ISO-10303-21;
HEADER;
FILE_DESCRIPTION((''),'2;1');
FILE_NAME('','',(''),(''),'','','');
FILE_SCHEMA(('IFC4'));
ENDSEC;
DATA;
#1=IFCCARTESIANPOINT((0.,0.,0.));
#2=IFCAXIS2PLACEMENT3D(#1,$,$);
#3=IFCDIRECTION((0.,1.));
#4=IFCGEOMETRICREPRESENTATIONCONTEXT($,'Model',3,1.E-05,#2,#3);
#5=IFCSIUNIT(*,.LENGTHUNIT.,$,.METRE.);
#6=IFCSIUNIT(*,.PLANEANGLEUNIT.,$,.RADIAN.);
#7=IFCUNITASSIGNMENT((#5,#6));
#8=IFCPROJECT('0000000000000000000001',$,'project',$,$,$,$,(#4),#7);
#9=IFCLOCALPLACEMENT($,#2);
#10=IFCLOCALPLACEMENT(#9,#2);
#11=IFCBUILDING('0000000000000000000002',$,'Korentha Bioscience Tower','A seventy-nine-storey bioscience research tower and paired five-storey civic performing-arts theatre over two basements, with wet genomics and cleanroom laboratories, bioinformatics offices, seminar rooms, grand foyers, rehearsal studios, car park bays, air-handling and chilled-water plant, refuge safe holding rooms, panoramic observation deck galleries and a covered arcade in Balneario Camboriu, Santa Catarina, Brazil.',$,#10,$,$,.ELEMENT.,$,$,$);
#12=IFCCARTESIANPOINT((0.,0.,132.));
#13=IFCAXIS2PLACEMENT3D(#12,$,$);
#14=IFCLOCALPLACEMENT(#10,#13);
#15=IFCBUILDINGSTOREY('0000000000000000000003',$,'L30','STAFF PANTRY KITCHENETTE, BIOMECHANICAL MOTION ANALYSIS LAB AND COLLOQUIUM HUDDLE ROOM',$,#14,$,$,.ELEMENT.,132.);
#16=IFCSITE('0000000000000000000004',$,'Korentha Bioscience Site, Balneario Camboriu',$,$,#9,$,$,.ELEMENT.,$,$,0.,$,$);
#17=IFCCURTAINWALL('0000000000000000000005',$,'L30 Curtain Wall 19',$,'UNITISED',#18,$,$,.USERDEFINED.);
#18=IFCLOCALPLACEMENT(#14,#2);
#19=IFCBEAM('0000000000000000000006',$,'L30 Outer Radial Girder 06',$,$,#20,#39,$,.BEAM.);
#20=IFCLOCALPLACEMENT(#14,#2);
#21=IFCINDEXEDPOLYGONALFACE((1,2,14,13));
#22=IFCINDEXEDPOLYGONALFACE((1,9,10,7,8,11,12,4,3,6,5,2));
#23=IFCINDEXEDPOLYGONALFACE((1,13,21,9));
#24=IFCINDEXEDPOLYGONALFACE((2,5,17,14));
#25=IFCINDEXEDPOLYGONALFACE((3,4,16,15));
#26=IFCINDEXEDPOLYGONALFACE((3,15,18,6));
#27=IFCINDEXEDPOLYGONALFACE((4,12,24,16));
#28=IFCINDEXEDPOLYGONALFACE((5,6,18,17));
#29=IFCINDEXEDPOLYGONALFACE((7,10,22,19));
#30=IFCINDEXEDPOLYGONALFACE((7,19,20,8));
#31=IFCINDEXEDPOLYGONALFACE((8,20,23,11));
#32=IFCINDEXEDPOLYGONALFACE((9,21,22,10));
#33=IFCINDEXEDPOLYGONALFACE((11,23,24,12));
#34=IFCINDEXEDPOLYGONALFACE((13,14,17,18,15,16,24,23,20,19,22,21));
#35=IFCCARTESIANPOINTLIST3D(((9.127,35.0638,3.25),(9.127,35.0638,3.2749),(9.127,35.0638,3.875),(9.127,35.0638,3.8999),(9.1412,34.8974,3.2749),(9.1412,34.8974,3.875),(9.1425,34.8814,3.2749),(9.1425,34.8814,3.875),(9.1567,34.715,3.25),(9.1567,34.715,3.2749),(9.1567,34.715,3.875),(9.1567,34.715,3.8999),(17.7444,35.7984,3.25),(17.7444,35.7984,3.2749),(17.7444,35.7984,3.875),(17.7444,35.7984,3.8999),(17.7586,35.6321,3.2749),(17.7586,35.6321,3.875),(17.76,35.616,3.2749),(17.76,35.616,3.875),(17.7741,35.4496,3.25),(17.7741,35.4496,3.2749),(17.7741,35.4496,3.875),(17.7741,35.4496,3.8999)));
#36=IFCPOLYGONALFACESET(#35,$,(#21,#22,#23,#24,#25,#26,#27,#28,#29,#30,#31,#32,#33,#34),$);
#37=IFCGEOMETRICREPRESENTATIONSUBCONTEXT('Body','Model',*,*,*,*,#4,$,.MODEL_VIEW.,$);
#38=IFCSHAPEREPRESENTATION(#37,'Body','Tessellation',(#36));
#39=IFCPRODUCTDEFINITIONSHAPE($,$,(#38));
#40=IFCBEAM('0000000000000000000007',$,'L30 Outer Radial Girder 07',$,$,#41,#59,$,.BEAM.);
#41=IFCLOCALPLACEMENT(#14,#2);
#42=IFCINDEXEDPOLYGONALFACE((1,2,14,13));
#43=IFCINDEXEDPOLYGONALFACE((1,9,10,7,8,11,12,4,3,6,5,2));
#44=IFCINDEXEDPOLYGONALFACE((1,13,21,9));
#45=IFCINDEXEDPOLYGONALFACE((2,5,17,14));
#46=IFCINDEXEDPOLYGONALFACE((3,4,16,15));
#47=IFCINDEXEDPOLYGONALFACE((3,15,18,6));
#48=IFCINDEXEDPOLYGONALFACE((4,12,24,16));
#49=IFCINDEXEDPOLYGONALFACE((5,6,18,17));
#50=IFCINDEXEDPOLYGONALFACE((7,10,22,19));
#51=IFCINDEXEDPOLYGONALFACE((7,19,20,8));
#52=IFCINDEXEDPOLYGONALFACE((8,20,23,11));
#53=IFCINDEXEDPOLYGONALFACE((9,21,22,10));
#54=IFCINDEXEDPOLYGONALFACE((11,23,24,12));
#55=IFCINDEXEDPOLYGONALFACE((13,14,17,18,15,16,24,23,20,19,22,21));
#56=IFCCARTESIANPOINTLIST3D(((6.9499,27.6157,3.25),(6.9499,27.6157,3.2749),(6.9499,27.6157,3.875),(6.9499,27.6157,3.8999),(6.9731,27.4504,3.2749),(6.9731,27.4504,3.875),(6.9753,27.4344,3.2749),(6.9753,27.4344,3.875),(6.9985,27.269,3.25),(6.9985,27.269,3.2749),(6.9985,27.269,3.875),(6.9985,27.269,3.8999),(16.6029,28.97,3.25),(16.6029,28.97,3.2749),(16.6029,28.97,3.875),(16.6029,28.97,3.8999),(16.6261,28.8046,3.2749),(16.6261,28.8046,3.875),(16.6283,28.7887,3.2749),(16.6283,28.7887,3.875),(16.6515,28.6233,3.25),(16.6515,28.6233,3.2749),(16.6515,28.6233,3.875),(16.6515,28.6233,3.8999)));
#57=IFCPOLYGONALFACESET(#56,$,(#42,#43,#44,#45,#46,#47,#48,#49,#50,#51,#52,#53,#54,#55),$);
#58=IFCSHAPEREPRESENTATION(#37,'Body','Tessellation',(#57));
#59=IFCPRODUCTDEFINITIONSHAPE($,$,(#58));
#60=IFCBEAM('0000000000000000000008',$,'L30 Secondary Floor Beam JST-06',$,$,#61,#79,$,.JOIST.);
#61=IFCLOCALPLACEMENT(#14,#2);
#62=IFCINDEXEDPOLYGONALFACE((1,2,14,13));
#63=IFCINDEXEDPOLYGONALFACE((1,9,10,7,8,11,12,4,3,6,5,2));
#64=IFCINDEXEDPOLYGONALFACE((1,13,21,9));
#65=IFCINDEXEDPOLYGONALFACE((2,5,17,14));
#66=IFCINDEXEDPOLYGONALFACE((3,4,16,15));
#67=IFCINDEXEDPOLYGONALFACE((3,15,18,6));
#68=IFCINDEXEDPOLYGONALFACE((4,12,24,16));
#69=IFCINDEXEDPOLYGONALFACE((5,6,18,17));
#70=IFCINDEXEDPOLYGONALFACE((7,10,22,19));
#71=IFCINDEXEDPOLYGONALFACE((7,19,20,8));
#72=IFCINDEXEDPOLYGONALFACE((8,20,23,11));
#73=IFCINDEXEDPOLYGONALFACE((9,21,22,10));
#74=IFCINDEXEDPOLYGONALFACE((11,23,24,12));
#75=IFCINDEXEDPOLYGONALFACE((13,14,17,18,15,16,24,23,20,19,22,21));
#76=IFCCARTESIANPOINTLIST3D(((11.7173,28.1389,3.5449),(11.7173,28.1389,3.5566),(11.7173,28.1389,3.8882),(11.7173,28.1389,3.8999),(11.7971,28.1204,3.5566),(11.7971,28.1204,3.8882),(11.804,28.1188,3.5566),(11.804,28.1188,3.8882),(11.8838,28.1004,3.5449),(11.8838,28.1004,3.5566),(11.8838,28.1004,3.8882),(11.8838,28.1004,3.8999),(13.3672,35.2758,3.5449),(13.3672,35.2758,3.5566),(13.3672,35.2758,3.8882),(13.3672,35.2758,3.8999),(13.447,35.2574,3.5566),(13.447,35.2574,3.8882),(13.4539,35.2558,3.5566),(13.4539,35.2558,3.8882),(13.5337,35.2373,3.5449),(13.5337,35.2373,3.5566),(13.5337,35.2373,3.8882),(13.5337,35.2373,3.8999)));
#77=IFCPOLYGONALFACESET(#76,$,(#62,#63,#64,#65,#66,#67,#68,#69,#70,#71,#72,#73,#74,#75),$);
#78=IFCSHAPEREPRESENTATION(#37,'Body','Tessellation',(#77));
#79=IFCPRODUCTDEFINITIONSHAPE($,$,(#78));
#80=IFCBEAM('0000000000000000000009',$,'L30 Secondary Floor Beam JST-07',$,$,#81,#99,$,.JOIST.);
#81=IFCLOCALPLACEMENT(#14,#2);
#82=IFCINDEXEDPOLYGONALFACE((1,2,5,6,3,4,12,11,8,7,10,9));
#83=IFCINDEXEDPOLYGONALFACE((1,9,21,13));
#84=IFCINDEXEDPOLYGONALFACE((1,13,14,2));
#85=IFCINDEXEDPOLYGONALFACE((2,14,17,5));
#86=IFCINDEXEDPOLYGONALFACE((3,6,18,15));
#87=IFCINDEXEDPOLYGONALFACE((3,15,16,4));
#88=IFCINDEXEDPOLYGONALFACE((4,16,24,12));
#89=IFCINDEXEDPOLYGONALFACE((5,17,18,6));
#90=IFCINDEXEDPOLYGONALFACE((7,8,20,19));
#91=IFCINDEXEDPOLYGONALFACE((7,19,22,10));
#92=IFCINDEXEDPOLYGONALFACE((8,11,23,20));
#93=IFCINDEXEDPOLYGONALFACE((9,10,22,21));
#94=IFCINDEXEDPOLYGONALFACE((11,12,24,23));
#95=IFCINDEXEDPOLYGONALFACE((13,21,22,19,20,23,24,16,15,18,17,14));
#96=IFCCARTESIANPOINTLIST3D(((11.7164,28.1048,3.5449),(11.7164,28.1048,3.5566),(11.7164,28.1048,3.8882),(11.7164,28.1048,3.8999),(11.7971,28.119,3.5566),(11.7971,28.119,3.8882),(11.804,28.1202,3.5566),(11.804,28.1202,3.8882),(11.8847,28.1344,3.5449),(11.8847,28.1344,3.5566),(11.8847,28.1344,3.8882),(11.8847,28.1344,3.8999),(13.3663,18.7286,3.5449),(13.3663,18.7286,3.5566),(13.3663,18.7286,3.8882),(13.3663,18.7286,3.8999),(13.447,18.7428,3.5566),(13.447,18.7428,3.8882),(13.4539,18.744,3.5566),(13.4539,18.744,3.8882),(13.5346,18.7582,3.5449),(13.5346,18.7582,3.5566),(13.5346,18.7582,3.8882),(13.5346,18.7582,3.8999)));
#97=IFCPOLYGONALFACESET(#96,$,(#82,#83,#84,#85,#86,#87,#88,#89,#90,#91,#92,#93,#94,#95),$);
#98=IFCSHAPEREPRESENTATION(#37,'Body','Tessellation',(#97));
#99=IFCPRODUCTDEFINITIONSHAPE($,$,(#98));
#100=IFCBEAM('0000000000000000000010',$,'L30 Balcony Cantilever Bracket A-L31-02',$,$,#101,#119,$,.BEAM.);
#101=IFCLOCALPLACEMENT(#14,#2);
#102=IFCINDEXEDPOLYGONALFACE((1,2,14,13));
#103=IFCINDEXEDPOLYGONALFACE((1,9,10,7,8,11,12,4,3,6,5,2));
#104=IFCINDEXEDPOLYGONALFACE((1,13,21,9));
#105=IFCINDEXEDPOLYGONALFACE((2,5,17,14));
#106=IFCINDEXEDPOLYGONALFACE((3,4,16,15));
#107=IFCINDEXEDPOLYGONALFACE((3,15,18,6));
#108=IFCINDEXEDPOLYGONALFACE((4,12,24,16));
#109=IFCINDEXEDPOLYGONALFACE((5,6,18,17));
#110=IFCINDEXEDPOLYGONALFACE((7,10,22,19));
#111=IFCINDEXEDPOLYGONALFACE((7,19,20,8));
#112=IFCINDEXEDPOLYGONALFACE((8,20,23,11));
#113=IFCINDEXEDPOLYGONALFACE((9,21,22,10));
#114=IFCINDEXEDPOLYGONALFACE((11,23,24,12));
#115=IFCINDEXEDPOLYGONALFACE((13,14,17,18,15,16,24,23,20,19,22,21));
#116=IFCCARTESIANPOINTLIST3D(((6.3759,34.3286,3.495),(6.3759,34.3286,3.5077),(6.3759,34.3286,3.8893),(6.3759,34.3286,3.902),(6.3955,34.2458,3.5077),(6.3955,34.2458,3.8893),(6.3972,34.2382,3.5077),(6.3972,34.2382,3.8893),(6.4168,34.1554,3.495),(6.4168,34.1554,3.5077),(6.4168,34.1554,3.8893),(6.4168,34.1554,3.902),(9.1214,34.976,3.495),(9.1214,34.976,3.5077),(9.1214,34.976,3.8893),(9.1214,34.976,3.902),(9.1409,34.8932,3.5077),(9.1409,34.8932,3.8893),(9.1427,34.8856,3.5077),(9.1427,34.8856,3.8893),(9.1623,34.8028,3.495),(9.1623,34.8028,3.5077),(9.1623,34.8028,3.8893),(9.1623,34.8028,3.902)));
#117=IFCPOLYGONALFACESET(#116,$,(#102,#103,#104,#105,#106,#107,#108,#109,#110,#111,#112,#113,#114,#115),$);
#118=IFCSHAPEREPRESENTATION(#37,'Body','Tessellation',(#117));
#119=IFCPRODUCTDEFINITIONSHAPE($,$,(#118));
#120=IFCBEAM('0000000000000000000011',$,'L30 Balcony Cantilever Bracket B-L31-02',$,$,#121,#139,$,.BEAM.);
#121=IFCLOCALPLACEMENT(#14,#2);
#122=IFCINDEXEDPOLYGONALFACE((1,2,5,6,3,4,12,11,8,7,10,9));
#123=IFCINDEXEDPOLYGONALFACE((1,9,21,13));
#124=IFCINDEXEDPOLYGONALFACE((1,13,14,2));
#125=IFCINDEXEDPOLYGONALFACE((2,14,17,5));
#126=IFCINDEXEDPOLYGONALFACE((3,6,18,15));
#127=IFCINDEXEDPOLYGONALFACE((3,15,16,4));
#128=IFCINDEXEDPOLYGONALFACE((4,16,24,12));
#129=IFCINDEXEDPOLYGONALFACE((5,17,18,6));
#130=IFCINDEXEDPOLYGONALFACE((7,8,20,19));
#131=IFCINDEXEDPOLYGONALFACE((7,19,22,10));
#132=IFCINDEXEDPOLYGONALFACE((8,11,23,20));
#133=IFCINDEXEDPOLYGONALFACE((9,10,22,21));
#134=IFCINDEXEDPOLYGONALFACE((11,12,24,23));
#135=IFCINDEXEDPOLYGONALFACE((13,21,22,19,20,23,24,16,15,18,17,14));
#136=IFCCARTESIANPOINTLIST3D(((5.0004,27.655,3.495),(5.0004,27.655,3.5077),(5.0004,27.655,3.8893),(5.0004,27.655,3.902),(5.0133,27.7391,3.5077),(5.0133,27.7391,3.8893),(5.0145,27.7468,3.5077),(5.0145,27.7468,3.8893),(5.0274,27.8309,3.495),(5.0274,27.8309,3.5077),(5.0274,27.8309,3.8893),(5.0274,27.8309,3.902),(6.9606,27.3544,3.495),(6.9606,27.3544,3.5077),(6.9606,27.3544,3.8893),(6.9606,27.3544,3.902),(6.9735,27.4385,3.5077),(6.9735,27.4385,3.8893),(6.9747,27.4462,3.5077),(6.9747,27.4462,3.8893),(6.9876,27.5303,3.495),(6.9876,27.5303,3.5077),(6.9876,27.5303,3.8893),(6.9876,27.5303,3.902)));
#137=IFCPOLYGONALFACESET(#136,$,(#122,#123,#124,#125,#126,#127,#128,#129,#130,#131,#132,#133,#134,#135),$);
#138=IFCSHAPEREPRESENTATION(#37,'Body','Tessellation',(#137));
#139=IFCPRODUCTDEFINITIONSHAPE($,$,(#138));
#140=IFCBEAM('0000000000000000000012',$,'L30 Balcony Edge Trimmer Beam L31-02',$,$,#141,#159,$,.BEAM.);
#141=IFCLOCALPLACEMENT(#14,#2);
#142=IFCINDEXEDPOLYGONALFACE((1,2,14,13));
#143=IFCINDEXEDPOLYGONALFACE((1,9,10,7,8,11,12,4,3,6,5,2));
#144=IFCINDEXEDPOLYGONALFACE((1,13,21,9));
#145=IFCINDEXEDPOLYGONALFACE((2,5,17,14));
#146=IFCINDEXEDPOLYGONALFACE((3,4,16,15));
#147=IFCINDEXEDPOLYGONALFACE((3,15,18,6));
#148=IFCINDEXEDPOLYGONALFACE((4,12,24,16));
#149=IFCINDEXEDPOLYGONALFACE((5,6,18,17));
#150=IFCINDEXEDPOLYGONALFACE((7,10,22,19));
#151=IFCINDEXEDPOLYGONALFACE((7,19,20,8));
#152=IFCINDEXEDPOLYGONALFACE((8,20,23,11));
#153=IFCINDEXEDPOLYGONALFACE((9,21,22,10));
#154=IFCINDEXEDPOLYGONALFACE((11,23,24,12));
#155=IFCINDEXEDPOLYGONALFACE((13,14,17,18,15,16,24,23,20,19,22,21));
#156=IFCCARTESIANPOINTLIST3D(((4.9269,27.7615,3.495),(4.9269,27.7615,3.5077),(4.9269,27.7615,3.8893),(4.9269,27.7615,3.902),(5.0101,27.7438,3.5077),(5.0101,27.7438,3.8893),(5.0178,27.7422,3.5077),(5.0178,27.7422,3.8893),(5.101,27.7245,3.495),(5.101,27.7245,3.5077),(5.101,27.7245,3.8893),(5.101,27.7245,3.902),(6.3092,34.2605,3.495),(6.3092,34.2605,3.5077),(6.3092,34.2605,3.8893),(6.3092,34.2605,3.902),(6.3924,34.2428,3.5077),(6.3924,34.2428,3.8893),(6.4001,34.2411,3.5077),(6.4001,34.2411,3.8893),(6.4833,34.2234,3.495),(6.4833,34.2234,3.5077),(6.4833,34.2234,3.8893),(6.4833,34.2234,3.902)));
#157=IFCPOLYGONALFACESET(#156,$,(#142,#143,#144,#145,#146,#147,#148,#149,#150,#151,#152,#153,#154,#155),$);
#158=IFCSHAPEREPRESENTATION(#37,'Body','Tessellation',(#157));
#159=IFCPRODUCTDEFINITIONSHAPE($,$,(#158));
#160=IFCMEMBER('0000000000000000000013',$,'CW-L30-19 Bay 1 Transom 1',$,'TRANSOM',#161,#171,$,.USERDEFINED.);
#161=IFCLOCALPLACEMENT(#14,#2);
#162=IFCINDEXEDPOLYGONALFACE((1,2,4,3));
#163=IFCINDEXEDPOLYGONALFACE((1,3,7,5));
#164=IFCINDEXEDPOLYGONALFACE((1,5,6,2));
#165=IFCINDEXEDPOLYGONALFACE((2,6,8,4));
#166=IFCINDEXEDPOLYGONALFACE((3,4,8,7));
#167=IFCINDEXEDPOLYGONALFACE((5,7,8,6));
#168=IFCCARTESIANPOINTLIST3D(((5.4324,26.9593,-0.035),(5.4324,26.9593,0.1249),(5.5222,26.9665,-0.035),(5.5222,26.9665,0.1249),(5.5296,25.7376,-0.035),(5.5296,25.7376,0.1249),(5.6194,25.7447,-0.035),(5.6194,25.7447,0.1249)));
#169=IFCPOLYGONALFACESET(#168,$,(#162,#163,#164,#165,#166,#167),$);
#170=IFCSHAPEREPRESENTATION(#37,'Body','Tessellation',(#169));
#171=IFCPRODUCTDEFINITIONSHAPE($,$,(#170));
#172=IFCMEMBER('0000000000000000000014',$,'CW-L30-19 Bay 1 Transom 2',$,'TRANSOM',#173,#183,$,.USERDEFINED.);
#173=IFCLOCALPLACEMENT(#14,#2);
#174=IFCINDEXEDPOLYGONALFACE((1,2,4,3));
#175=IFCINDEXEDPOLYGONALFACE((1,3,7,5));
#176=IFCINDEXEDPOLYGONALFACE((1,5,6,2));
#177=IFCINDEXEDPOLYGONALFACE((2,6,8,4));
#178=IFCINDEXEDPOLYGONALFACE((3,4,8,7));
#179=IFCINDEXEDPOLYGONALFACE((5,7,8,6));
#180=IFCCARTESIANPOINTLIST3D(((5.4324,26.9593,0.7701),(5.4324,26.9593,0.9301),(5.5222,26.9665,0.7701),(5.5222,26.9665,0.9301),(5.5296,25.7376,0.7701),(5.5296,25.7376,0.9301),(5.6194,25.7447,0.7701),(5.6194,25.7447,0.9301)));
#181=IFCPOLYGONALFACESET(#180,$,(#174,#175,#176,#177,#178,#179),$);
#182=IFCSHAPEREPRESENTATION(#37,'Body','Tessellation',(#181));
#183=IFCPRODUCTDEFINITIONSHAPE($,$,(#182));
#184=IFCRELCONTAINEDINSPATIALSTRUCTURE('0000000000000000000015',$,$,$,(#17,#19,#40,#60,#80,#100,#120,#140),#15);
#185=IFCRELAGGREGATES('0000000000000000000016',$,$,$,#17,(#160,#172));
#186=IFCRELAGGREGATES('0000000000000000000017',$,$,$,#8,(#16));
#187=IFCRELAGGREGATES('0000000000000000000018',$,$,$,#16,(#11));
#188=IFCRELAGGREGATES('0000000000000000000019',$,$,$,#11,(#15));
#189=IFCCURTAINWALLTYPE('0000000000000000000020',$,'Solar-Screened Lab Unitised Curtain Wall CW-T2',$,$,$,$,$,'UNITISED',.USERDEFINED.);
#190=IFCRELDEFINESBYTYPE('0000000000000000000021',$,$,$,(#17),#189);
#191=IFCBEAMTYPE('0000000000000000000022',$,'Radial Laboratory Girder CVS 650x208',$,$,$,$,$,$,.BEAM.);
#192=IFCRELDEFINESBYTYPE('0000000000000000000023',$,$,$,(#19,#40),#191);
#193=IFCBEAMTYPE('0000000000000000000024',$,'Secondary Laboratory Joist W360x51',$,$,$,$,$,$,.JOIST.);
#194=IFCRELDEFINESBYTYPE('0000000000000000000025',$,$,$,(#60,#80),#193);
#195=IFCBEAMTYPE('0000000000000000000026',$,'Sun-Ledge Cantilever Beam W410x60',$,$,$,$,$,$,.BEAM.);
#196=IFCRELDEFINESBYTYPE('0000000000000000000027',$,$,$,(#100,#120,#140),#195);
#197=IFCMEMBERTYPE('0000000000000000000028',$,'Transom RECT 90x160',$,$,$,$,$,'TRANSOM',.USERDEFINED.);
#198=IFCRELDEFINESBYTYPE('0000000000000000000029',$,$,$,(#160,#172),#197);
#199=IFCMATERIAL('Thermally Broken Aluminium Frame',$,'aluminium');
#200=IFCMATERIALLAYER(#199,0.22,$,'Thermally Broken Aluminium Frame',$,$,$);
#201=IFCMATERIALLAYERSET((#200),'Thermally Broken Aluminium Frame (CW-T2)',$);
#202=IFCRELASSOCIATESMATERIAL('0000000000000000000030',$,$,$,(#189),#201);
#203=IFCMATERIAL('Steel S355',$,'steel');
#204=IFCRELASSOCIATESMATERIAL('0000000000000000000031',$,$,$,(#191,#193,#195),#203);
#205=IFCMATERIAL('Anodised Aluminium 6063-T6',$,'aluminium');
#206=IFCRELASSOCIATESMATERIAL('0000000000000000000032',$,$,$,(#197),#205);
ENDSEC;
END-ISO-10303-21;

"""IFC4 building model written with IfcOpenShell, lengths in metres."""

from ifc_helpers import new_model, si_unit, direction, frame, origin, origin_2d, place, context, subcontext, project, spatial, rectangle, i_section, extrude, material, layer, layer_set, material_profile, profile_set, type_object, element, aggregate, save


model = new_model("IFC4")

# Units and contexts
model_context = context("Model", 3, precision=1e-05, world=origin(), true_north=direction((0.0, 1.0)))
body_context = subcontext(model_context, "Body", "Model", "MODEL_VIEW")
ifc_project = project(units=[si_unit("LENGTHUNIT", "METRE"), si_unit("PLANEANGLEUNIT", "RADIAN")], contexts=[model_context])

# Site, building, storey
site_placement = place(None, origin())
site = spatial("IfcSite", under=ifc_project, at=site_placement, Name="Korentha Bioscience Site, Balneario Camboriu", CompositionType="ELEMENT", RefElevation=0.0)
building_placement = place(site_placement, origin())
building = spatial("IfcBuilding", under=site, at=building_placement, Name="Korentha Bioscience Tower", Description="A seventy-nine-storey bioscience research tower and paired five-storey civic performing-arts theatre over two basements, with wet genomics and cleanroom laboratories, bioinformatics offices, seminar rooms, grand foyers, rehearsal studios, car park bays, air-handling and chilled-water plant, refuge safe holding rooms, panoramic observation deck galleries and a covered arcade in Balneario Camboriu, Santa Catarina, Brazil.", CompositionType="ELEMENT")
storey_placement = place(building_placement, frame((0.0, 0.0, 132.0)))
storey = spatial("IfcBuildingStorey", under=building, at=storey_placement, Name="L30", Description="STAFF PANTRY KITCHENETTE, BIOMECHANICAL MOTION ANALYSIS LAB AND COLLOQUIUM HUDDLE ROOM", CompositionType="ELEMENT", Elevation=132.0)

# Shared definitions
ifc_material_1 = material(Name="Steel S355", Category="steel")

# Curtain wall
ifc_material_2 = material(Name="Thermally Broken Aluminium Frame", Category="aluminium")
ifc_layer_1 = layer(ifc_material_2, 0.22, Name="Thermally Broken Aluminium Frame")
ifc_layer_set_1 = layer_set([ifc_layer_1], Name="Thermally Broken Aluminium Frame (CW-T2)")
curtain_wall_type = type_object("IfcCurtainWallType", Name="Solar-Screened Lab Unitised Curtain Wall CW-T2", ElementType="UNITISED", PredefinedType="USERDEFINED", material=ifc_layer_set_1)
curtain_wall_placement = place(storey_placement, origin())
curtain_wall = element("IfcCurtainWall", 1, at=curtain_wall_placement, inside=storey, type_object=curtain_wall_type, Name="L30 Curtain Wall 19", ObjectType="UNITISED", PredefinedType="USERDEFINED")
ifc_material_3 = material(Name="Anodised Aluminium 6063-T6", Category="aluminium")

# Beams
ifc_material_profile_1 = material_profile(ifc_material_1, i_section(OverallWidth=0.3501, OverallDepth=0.6499, WebThickness=0.0161, FlangeThickness=0.0249, at=origin_2d()), Name="Steel S355")
ifc_profile_set_1 = profile_set([ifc_material_profile_1], Name="Steel S355 (RB-650)")
beam_type_1 = type_object("IfcBeamType", Name="Radial Laboratory Girder CVS 650x208", PredefinedType="BEAM", material=ifc_profile_set_1)
beam_1_placement = place(storey_placement, frame((17.7593, 35.624, 3.575), z_axis=(-0.996386, -0.08494, 0.0), x_axis=(0.08494, -0.996386, 0.0)))
element("IfcBeam", 2, at=beam_1_placement, inside=storey, type_object=beam_type_1, Name="L30 Outer Radial Girder 06", PredefinedType="BEAM", context=body_context, shape_type="SweptSolid", body=[
    extrude(i_section(OverallWidth=0.3501, OverallDepth=0.6499, WebThickness=0.0161, FlangeThickness=0.0249, at=origin_2d()), origin(), (0.0, 0.0, 1.0), 8.6487),
])
beam_2_placement = place(storey_placement, frame((16.6272, 28.7966, 3.575), z_axis=(-0.990302, -0.138931, 0.0), x_axis=(0.138931, -0.990302, 0.0)))
element("IfcBeam", 3, at=beam_2_placement, inside=storey, type_object=beam_type_1, Name="L30 Outer Radial Girder 07", PredefinedType="BEAM", context=body_context, shape_type="SweptSolid", body=[
    extrude(i_section(OverallWidth=0.3501, OverallDepth=0.6499, WebThickness=0.0161, FlangeThickness=0.0249, at=origin_2d()), origin(), (0.0, 0.0, 1.0), 9.7476),
])
ifc_material_profile_2 = material_profile(ifc_material_1, i_section(OverallWidth=0.1709, OverallDepth=0.355, WebThickness=0.0071, FlangeThickness=0.0117, at=origin_2d()), Name="Steel S355")
ifc_profile_set_2 = profile_set([ifc_material_profile_2], Name="Steel S355 (JB-360)")
beam_type_2 = type_object("IfcBeamType", Name="Secondary Laboratory Joist W360x51", PredefinedType="JOIST", material=ifc_profile_set_2)
beam_3_placement = place(storey_placement, frame((13.4504, 35.2566, 3.7224), z_axis=(-0.225237, -0.974304, 0.0), x_axis=(0.974304, -0.225237, 0.0)))
element("IfcBeam", 4, at=beam_3_placement, inside=storey, type_object=beam_type_2, Name="L30 Secondary Floor Beam JST-06", PredefinedType="JOIST", context=body_context, shape_type="SweptSolid", body=[
    extrude(i_section(OverallWidth=0.1709, OverallDepth=0.355, WebThickness=0.0071, FlangeThickness=0.0117, at=origin_2d()), origin(), (0.0, 0.0, 1.0), 7.3252),
])
beam_4_placement = place(storey_placement, frame((11.8005, 28.1196, 3.7224), z_axis=(0.173304, -0.984868, 0.0), x_axis=(0.984868, 0.173304, 0.0)))
element("IfcBeam", 5, at=beam_4_placement, inside=storey, type_object=beam_type_2, Name="L30 Secondary Floor Beam JST-07", PredefinedType="JOIST", context=body_context, shape_type="SweptSolid", body=[
    extrude(i_section(OverallWidth=0.1709, OverallDepth=0.355, WebThickness=0.0071, FlangeThickness=0.0117, at=origin_2d()), origin(), (0.0, 0.0, 1.0), 9.5203),
])
ifc_material_profile_3 = material_profile(ifc_material_1, i_section(OverallWidth=0.178, OverallDepth=0.407, WebThickness=0.0078, FlangeThickness=0.0127, at=origin_2d()), Name="Steel S355")
ifc_profile_set_3 = profile_set([ifc_material_profile_3], Name="Steel S355 (CB-410)")
beam_type_3 = type_object("IfcBeamType", Name="Sun-Ledge Cantilever Beam W410x60", PredefinedType="BEAM", material=ifc_profile_set_3)
beam_5_placement = place(storey_placement, frame((9.1418, 34.8894, 3.6985), z_axis=(-0.973304, -0.229522, 0.0), x_axis=(0.229522, -0.973304, 0.0)))
element("IfcBeam", 6, at=beam_5_placement, inside=storey, type_object=beam_type_3, Name="L30 Balcony Cantilever Bracket A-L31-02", PredefinedType="BEAM", context=body_context, shape_type="SweptSolid", body=[
    extrude(i_section(OverallWidth=0.178, OverallDepth=0.407, WebThickness=0.0078, FlangeThickness=0.0127, at=origin_2d()), origin(), (0.0, 0.0, 1.0), 2.8208),
])
beam_6_placement = place(storey_placement, frame((6.9741, 27.4424, 3.6985), z_axis=(-0.98845, 0.151548, 0.0), x_axis=(-0.151548, -0.98845, 0.0)))
element("IfcBeam", 7, at=beam_6_placement, inside=storey, type_object=beam_type_3, Name="L30 Balcony Cantilever Bracket B-L31-02", PredefinedType="BEAM", context=body_context, shape_type="SweptSolid", body=[
    extrude(i_section(OverallWidth=0.178, OverallDepth=0.407, WebThickness=0.0078, FlangeThickness=0.0127, at=origin_2d()), origin(), (0.0, 0.0, 1.0), 1.9832),
])
beam_7_placement = place(storey_placement, frame((6.3962, 34.2419, 3.6985), z_axis=(-0.208043, -0.97812, 0.0), x_axis=(0.97812, -0.208043, 0.0)))
element("IfcBeam", 8, at=beam_7_placement, inside=storey, type_object=beam_type_3, Name="L30 Balcony Edge Trimmer Beam L31-02", PredefinedType="BEAM", context=body_context, shape_type="SweptSolid", body=[
    extrude(i_section(OverallWidth=0.178, OverallDepth=0.407, WebThickness=0.0078, FlangeThickness=0.0127, at=origin_2d()), origin(), (0.0, 0.0, 1.0), 6.6443),
])

# Members
ifc_material_profile_4 = material_profile(ifc_material_3, rectangle(XDim=0.0901, YDim=0.1599, at=origin_2d()), Name="Anodised Aluminium 6063-T6")
ifc_profile_set_4 = profile_set([ifc_material_profile_4], Name="Anodised Aluminium 6063-T6 (CW-TRN)")
member_type_1 = type_object("IfcMemberType", Name="Transom RECT 90x160", ElementType="TRANSOM", PredefinedType="USERDEFINED", material=ifc_profile_set_4)
member_1_placement = place(storey_placement, frame((5.4773, 26.9629, 0.0449), z_axis=(0.079286, -0.996852, 0.0), x_axis=(0.996852, 0.079286, 0.0)))
member_1 = element("IfcMember", 9, at=member_1_placement, type_object=member_type_1, Name="CW-L30-19 Bay 1 Transom 1", ObjectType="TRANSOM", PredefinedType="USERDEFINED", context=body_context, shape_type="SweptSolid", body=[
    extrude(rectangle(XDim=0.0901, YDim=0.1599, at=origin_2d()), origin(), (0.0, 0.0, 1.0), 1.2256),
])
member_2_placement = place(storey_placement, frame((5.4773, 26.9629, 0.8501), z_axis=(0.079286, -0.996852, 0.0), x_axis=(0.996852, 0.079286, 0.0)))
member_2 = element("IfcMember", 10, at=member_2_placement, type_object=member_type_1, Name="CW-L30-19 Bay 1 Transom 2", ObjectType="TRANSOM", PredefinedType="USERDEFINED", context=body_context, shape_type="SweptSolid", body=[
    extrude(rectangle(XDim=0.0901, YDim=0.1599, at=origin_2d()), origin(), (0.0, 0.0, 1.0), 1.2256),
])

aggregate(curtain_wall, [member_1, member_2])

save(model, "model.ifc")
